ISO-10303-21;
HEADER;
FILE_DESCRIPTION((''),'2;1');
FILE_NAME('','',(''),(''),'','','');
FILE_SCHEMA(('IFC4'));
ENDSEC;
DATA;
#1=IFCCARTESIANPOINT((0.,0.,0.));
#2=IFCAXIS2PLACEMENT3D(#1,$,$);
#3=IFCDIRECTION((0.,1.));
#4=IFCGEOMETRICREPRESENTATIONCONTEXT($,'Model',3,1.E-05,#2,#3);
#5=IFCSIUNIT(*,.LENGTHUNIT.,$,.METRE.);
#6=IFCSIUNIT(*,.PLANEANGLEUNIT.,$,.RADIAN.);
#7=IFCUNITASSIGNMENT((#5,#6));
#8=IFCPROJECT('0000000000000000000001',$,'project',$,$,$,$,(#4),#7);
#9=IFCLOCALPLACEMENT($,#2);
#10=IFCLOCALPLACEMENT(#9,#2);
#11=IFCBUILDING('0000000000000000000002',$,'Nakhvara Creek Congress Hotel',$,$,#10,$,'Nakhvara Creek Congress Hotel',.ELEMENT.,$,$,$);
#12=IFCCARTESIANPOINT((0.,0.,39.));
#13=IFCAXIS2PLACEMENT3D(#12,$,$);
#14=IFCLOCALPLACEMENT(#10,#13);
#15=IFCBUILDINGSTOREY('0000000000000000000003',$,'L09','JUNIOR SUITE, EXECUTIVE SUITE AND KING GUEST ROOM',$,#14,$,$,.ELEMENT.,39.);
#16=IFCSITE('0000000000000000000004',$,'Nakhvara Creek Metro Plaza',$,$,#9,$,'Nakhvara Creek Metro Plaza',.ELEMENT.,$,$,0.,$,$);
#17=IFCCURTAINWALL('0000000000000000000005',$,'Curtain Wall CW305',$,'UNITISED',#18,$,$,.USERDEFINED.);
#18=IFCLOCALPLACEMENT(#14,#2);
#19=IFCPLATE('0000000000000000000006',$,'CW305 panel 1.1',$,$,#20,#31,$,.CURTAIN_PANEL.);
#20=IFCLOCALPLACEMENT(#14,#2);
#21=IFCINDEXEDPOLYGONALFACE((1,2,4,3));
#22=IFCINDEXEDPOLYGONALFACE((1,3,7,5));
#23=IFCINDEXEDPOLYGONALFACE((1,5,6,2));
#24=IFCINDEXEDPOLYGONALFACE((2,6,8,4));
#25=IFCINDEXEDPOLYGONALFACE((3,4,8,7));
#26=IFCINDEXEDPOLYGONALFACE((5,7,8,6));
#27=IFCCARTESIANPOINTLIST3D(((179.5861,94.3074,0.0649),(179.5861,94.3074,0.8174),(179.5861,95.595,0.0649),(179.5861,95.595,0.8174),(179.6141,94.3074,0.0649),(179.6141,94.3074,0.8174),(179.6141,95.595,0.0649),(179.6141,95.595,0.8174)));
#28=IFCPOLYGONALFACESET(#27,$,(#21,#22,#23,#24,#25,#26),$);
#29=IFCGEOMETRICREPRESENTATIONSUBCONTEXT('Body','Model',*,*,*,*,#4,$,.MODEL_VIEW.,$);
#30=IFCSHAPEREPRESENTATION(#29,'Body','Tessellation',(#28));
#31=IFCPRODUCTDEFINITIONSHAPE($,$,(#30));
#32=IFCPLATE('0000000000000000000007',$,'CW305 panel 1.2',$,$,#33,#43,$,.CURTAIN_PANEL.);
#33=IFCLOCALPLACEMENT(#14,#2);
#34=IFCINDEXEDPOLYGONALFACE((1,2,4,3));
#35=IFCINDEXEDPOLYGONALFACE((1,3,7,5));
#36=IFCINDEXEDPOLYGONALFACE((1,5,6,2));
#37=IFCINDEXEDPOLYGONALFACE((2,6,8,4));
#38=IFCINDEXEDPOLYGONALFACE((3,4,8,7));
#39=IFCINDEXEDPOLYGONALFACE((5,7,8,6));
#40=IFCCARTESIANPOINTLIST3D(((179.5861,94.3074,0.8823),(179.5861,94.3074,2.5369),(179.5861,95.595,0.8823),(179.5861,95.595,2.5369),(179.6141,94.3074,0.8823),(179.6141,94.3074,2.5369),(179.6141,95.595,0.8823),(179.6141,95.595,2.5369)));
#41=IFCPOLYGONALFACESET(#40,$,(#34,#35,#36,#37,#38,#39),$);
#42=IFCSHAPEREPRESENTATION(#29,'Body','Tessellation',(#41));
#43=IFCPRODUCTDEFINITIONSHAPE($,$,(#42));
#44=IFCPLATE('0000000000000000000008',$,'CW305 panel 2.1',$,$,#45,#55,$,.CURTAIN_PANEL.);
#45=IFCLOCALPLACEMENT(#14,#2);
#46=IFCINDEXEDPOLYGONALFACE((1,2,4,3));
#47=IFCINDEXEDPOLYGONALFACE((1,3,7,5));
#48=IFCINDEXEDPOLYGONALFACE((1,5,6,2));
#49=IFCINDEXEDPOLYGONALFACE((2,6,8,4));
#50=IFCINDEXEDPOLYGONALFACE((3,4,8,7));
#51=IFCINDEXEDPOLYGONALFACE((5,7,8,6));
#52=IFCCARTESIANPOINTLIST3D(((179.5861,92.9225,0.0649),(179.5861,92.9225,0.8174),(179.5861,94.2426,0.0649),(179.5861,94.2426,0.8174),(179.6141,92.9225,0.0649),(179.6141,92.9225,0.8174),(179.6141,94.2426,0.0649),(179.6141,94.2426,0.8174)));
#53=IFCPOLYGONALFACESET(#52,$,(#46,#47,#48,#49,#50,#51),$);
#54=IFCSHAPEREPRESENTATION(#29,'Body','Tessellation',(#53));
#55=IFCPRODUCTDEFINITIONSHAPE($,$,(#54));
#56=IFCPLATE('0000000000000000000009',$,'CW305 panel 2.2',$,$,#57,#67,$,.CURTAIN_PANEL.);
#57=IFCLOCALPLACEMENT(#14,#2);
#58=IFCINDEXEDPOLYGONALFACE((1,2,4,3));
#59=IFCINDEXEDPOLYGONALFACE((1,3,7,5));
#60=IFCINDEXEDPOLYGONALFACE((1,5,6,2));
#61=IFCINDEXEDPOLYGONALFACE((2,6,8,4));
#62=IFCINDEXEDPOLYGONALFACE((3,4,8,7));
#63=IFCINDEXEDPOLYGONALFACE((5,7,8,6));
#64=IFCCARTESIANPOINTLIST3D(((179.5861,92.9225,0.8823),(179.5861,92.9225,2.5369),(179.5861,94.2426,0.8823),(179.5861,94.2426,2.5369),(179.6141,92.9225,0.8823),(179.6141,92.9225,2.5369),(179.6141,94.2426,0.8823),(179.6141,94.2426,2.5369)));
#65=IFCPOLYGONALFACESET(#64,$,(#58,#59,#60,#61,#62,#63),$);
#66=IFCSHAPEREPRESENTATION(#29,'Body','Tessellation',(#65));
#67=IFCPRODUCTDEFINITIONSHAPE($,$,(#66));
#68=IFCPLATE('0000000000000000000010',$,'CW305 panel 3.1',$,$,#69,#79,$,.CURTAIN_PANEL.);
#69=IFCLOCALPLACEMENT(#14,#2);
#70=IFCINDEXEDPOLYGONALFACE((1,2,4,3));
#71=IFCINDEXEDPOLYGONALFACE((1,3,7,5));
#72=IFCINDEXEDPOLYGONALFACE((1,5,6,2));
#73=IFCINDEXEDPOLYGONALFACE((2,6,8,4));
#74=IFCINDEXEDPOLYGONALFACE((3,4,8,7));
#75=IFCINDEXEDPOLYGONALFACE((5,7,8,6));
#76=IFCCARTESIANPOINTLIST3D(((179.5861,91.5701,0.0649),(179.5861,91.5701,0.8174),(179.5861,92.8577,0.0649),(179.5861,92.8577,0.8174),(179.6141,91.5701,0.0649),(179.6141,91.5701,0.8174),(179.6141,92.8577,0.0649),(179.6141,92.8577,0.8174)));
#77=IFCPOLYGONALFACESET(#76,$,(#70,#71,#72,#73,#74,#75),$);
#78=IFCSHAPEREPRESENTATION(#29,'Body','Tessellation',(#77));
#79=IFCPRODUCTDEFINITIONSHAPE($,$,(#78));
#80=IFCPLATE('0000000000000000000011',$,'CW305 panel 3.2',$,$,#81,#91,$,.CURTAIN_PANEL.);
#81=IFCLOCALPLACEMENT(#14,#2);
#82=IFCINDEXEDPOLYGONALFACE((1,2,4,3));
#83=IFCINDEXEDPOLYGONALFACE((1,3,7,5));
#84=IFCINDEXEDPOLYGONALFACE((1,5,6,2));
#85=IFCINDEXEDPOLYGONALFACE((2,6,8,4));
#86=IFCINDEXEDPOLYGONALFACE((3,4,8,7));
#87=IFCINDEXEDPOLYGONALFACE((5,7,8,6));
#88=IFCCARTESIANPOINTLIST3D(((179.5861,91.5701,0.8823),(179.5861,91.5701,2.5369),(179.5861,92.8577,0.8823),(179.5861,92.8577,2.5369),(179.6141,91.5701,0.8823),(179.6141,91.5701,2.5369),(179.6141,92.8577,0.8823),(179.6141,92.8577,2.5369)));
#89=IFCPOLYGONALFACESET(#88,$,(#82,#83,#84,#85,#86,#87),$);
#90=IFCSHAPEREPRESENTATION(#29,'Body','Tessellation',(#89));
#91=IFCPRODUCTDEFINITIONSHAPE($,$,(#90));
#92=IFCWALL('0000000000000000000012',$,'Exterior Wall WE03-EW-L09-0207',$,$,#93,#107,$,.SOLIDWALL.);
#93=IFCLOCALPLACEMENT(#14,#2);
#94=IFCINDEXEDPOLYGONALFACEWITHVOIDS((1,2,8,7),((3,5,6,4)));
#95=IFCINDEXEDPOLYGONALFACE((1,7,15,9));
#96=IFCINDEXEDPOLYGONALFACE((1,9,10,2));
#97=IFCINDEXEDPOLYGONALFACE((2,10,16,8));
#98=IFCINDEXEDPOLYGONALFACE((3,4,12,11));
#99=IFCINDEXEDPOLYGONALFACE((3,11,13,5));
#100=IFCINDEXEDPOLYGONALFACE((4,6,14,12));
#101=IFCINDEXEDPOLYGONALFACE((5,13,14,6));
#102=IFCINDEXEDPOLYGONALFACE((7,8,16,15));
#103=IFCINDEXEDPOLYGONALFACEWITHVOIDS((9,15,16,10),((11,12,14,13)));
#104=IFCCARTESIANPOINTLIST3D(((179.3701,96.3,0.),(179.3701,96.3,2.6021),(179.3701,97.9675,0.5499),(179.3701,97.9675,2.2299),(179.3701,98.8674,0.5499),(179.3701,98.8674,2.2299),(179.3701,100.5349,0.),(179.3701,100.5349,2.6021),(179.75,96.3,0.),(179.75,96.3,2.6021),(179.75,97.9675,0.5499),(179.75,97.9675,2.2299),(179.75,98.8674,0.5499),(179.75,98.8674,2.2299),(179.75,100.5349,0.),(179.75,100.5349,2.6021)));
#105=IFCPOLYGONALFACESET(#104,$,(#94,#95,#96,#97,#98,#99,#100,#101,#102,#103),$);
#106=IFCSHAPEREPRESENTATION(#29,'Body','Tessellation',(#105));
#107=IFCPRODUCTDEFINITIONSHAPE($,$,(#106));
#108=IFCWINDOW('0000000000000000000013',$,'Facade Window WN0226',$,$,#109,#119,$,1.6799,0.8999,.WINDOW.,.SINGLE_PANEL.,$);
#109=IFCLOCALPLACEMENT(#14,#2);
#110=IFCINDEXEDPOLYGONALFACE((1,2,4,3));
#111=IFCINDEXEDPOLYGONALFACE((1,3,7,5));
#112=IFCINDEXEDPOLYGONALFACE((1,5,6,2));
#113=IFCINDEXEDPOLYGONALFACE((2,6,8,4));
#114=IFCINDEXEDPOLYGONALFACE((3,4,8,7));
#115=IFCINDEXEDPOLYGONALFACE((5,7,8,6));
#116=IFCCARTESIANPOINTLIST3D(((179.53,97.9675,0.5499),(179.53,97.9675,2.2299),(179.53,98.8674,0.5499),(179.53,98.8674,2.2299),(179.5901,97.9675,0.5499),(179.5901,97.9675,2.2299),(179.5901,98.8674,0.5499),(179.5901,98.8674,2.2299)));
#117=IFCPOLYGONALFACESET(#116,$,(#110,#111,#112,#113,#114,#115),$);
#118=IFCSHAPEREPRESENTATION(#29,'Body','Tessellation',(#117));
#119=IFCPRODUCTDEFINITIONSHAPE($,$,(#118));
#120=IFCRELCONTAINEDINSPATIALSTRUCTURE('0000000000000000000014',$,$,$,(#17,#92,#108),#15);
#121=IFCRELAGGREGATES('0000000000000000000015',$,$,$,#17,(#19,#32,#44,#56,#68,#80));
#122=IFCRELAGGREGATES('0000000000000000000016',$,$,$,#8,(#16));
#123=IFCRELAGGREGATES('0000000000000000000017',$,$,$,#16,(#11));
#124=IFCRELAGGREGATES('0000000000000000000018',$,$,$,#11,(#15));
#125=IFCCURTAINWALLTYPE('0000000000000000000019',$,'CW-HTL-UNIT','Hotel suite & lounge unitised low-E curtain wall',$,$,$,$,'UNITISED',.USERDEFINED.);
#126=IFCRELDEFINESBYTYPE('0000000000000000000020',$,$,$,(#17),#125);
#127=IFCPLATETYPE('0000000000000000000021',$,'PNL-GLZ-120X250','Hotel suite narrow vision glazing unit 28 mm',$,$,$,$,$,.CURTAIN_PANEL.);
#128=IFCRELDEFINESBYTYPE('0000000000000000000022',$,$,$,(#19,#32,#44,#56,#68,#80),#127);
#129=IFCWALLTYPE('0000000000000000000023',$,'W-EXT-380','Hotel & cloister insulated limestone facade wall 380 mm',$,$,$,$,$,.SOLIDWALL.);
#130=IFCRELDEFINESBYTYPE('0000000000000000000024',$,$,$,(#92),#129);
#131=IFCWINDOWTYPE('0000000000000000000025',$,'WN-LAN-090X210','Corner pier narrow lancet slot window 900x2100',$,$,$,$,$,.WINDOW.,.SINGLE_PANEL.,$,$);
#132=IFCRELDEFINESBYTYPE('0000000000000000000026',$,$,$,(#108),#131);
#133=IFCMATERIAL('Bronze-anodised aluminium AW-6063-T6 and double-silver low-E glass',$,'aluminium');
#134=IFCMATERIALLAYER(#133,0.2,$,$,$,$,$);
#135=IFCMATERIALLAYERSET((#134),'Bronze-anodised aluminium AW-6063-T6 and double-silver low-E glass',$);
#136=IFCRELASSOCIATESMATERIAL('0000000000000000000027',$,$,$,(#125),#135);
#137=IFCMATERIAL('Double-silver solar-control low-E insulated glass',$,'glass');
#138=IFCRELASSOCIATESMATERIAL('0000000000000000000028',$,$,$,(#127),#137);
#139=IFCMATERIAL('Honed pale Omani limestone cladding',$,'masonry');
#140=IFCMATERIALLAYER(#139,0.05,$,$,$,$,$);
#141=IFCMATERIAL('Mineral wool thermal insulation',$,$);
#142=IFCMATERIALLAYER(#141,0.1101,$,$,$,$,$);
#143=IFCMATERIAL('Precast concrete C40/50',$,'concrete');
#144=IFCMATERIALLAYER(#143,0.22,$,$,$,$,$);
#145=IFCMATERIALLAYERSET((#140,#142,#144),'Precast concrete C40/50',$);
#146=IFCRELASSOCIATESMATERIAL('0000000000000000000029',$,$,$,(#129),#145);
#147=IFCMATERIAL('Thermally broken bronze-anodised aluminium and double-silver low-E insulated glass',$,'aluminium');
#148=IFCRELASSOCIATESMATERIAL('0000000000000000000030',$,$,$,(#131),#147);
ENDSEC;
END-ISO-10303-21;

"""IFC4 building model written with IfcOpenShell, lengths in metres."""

from ifc_helpers import new_model, si_unit, direction, frame, frame_2d, origin, origin_2d, place, context, subcontext, project, spatial, rectangle, extrude, material, layer, layer_set, type_object, element, fill, aggregate, save


model = new_model("IFC4")

# Units and contexts
model_context = context("Model", 3, precision=1e-05, world=origin(), true_north=direction((0.0, 1.0)))
body_context = subcontext(model_context, "Body", "Model", "MODEL_VIEW")
ifc_project = project(units=[si_unit("LENGTHUNIT", "METRE"), si_unit("PLANEANGLEUNIT", "RADIAN")], contexts=[model_context])

# Site, building, storey
site_placement = place(None, origin())
site = spatial("IfcSite", under=ifc_project, at=site_placement, Name="Nakhvara Creek Metro Plaza", LongName="Nakhvara Creek Metro Plaza", CompositionType="ELEMENT", RefElevation=0.0)
building_placement = place(site_placement, origin())
building = spatial("IfcBuilding", under=site, at=building_placement, Name="Nakhvara Creek Congress Hotel", LongName="Nakhvara Creek Congress Hotel", CompositionType="ELEMENT")
storey_placement = place(building_placement, frame((0.0, 0.0, 39.0)))
storey = spatial("IfcBuildingStorey", under=building, at=storey_placement, Name="L09", Description="JUNIOR SUITE, EXECUTIVE SUITE AND KING GUEST ROOM", CompositionType="ELEMENT", Elevation=39.0)

# Curtain wall, plates
ifc_material_1 = material(Name="Bronze-anodised aluminium AW-6063-T6 and double-silver low-E glass", Category="aluminium")
ifc_layer_1 = layer(ifc_material_1, 0.2)
ifc_layer_set_1 = layer_set([ifc_layer_1], Name="Bronze-anodised aluminium AW-6063-T6 and double-silver low-E glass")
curtain_wall_type = type_object("IfcCurtainWallType", Name="CW-HTL-UNIT", Description="Hotel suite & lounge unitised low-E curtain wall", ElementType="UNITISED", PredefinedType="USERDEFINED", material=ifc_layer_set_1)
curtain_wall_placement = place(storey_placement, origin())
curtain_wall = element("IfcCurtainWall", 1, at=curtain_wall_placement, inside=storey, type_object=curtain_wall_type, Name="Curtain Wall CW305", ObjectType="UNITISED", PredefinedType="USERDEFINED")
ifc_material_2 = material(Name="Double-silver solar-control low-E insulated glass", Category="glass")
plate_type = type_object("IfcPlateType", Name="PNL-GLZ-120X250", Description="Hotel suite narrow vision glazing unit 28 mm", PredefinedType="CURTAIN_PANEL", material=ifc_material_2)
plate_1_placement = place(storey_placement, frame((179.6001, 94.9512, 0.0649), z_axis=(0.0, 0.0, 1.0), x_axis=(0.0, -1.0, 0.0)))
plate_1 = element("IfcPlate", 2, at=plate_1_placement, type_object=plate_type, Name="CW305 panel 1.1", PredefinedType="CURTAIN_PANEL", context=body_context, shape_type="SweptSolid", body=[
    extrude(rectangle(XDim=1.2876, YDim=0.0281, at=origin_2d()), origin(), (0.0, 0.0, 1.0), 0.7524),
])
plate_2_placement = place(storey_placement, frame((179.6001, 94.9512, 0.8823), z_axis=(0.0, 0.0, 1.0), x_axis=(0.0, -1.0, 0.0)))
plate_2 = element("IfcPlate", 3, at=plate_2_placement, type_object=plate_type, Name="CW305 panel 1.2", PredefinedType="CURTAIN_PANEL", context=body_context, shape_type="SweptSolid", body=[
    extrude(rectangle(XDim=1.2876, YDim=0.0281, at=origin_2d()), origin(), (0.0, 0.0, 1.0), 1.6545),
])
plate_3_placement = place(storey_placement, frame((179.6001, 93.5825, 0.0649), z_axis=(0.0, 0.0, 1.0), x_axis=(0.0, -1.0, 0.0)))
plate_3 = element("IfcPlate", 4, at=plate_3_placement, type_object=plate_type, Name="CW305 panel 2.1", PredefinedType="CURTAIN_PANEL", context=body_context, shape_type="SweptSolid", body=[
    extrude(rectangle(XDim=1.3201, YDim=0.0281, at=origin_2d()), origin(), (0.0, 0.0, 1.0), 0.7524),
])
plate_4_placement = place(storey_placement, frame((179.6001, 93.5825, 0.8823), z_axis=(0.0, 0.0, 1.0), x_axis=(0.0, -1.0, 0.0)))
plate_4 = element("IfcPlate", 5, at=plate_4_placement, type_object=plate_type, Name="CW305 panel 2.2", PredefinedType="CURTAIN_PANEL", context=body_context, shape_type="SweptSolid", body=[
    extrude(rectangle(XDim=1.3201, YDim=0.0281, at=origin_2d()), origin(), (0.0, 0.0, 1.0), 1.6545),
])
plate_5_placement = place(storey_placement, frame((179.6001, 92.2139, 0.0649), z_axis=(0.0, 0.0, 1.0), x_axis=(0.0, -1.0, 0.0)))
plate_5 = element("IfcPlate", 6, at=plate_5_placement, type_object=plate_type, Name="CW305 panel 3.1", PredefinedType="CURTAIN_PANEL", context=body_context, shape_type="SweptSolid", body=[
    extrude(rectangle(XDim=1.2876, YDim=0.0281, at=origin_2d()), origin(), (0.0, 0.0, 1.0), 0.7524),
])
plate_6_placement = place(storey_placement, frame((179.6001, 92.2139, 0.8823), z_axis=(0.0, 0.0, 1.0), x_axis=(0.0, -1.0, 0.0)))
plate_6 = element("IfcPlate", 7, at=plate_6_placement, type_object=plate_type, Name="CW305 panel 3.2", PredefinedType="CURTAIN_PANEL", context=body_context, shape_type="SweptSolid", body=[
    extrude(rectangle(XDim=1.2876, YDim=0.0281, at=origin_2d()), origin(), (0.0, 0.0, 1.0), 1.6545),
])
aggregate(curtain_wall, [plate_1, plate_2, plate_3, plate_4, plate_5, plate_6])

# Wall, opening, window
ifc_material_3 = material(Name="Honed pale Omani limestone cladding", Category="masonry")
ifc_layer_2 = layer(ifc_material_3, 0.05)
ifc_material_4 = material(Name="Mineral wool thermal insulation")
ifc_layer_3 = layer(ifc_material_4, 0.1101)
ifc_material_5 = material(Name="Precast concrete C40/50", Category="concrete")
ifc_layer_4 = layer(ifc_material_5, 0.22)
ifc_layer_set_2 = layer_set([ifc_layer_2, ifc_layer_3, ifc_layer_4], Name="Precast concrete C40/50")
wall_type = type_object("IfcWallType", Name="W-EXT-380", Description="Hotel & cloister insulated limestone facade wall 380 mm", PredefinedType="SOLIDWALL", material=ifc_layer_set_2)
wall_placement = place(storey_placement, frame((179.5601, 100.5349, 0.0), z_axis=(0.0, 0.0, 1.0), x_axis=(0.0, -1.0, 0.0)))
wall = element("IfcWall", 8, at=wall_placement, inside=storey, type_object=wall_type, Name="Exterior Wall WE03-EW-L09-0207", PredefinedType="SOLIDWALL", context=body_context, shape_type="SweptSolid", body=[
    extrude(rectangle(XDim=4.2349, YDim=0.3799, at=frame_2d((2.1174, 0.0))), origin(), (0.0, 0.0, 1.0), 2.6021),
])
opening_placement = place(wall_placement, frame((1.6675, 0.0, 0.55)))
opening = element("IfcOpeningElement", 9, at=opening_placement, cuts=wall, PredefinedType="OPENING", context=body_context, shape_type="SweptSolid", body=[
    extrude(rectangle(XDim=0.8999, YDim=1.6799, at=frame_2d((0.45, 0.8398))), frame((0.0, 0.2019, 0.0), z_axis=(0.0, -1.0, 0.0), x_axis=(1.0, 0.0, 0.0)), (0.0, 0.0, 1.0), 0.4038),
])
ifc_material_6 = material(Name="Thermally broken bronze-anodised aluminium and double-silver low-E insulated glass", Category="aluminium")
window_type = type_object("IfcWindowType", Name="WN-LAN-090X210", Description="Corner pier narrow lancet slot window 900x2100", PartitioningType="SINGLE_PANEL", PredefinedType="WINDOW", material=ifc_material_6)
window_placement = place(opening_placement, origin())
window = element("IfcWindow", 10, at=window_placement, inside=storey, type_object=window_type, Name="Facade Window WN0226", OverallHeight=1.6799, OverallWidth=0.8999, PartitioningType="SINGLE_PANEL", PredefinedType="WINDOW", context=body_context, shape_type="SweptSolid", body=[
    extrude(rectangle(XDim=0.8999, YDim=1.6799, at=frame_2d((0.45, 0.8398))), frame((0.0, 0.03, 0.0), z_axis=(0.0, -1.0, 0.0), x_axis=(1.0, 0.0, 0.0)), (0.0, 0.0, 1.0), 0.0601),
])
fill(opening, window)

save(model, "model.ifc")
